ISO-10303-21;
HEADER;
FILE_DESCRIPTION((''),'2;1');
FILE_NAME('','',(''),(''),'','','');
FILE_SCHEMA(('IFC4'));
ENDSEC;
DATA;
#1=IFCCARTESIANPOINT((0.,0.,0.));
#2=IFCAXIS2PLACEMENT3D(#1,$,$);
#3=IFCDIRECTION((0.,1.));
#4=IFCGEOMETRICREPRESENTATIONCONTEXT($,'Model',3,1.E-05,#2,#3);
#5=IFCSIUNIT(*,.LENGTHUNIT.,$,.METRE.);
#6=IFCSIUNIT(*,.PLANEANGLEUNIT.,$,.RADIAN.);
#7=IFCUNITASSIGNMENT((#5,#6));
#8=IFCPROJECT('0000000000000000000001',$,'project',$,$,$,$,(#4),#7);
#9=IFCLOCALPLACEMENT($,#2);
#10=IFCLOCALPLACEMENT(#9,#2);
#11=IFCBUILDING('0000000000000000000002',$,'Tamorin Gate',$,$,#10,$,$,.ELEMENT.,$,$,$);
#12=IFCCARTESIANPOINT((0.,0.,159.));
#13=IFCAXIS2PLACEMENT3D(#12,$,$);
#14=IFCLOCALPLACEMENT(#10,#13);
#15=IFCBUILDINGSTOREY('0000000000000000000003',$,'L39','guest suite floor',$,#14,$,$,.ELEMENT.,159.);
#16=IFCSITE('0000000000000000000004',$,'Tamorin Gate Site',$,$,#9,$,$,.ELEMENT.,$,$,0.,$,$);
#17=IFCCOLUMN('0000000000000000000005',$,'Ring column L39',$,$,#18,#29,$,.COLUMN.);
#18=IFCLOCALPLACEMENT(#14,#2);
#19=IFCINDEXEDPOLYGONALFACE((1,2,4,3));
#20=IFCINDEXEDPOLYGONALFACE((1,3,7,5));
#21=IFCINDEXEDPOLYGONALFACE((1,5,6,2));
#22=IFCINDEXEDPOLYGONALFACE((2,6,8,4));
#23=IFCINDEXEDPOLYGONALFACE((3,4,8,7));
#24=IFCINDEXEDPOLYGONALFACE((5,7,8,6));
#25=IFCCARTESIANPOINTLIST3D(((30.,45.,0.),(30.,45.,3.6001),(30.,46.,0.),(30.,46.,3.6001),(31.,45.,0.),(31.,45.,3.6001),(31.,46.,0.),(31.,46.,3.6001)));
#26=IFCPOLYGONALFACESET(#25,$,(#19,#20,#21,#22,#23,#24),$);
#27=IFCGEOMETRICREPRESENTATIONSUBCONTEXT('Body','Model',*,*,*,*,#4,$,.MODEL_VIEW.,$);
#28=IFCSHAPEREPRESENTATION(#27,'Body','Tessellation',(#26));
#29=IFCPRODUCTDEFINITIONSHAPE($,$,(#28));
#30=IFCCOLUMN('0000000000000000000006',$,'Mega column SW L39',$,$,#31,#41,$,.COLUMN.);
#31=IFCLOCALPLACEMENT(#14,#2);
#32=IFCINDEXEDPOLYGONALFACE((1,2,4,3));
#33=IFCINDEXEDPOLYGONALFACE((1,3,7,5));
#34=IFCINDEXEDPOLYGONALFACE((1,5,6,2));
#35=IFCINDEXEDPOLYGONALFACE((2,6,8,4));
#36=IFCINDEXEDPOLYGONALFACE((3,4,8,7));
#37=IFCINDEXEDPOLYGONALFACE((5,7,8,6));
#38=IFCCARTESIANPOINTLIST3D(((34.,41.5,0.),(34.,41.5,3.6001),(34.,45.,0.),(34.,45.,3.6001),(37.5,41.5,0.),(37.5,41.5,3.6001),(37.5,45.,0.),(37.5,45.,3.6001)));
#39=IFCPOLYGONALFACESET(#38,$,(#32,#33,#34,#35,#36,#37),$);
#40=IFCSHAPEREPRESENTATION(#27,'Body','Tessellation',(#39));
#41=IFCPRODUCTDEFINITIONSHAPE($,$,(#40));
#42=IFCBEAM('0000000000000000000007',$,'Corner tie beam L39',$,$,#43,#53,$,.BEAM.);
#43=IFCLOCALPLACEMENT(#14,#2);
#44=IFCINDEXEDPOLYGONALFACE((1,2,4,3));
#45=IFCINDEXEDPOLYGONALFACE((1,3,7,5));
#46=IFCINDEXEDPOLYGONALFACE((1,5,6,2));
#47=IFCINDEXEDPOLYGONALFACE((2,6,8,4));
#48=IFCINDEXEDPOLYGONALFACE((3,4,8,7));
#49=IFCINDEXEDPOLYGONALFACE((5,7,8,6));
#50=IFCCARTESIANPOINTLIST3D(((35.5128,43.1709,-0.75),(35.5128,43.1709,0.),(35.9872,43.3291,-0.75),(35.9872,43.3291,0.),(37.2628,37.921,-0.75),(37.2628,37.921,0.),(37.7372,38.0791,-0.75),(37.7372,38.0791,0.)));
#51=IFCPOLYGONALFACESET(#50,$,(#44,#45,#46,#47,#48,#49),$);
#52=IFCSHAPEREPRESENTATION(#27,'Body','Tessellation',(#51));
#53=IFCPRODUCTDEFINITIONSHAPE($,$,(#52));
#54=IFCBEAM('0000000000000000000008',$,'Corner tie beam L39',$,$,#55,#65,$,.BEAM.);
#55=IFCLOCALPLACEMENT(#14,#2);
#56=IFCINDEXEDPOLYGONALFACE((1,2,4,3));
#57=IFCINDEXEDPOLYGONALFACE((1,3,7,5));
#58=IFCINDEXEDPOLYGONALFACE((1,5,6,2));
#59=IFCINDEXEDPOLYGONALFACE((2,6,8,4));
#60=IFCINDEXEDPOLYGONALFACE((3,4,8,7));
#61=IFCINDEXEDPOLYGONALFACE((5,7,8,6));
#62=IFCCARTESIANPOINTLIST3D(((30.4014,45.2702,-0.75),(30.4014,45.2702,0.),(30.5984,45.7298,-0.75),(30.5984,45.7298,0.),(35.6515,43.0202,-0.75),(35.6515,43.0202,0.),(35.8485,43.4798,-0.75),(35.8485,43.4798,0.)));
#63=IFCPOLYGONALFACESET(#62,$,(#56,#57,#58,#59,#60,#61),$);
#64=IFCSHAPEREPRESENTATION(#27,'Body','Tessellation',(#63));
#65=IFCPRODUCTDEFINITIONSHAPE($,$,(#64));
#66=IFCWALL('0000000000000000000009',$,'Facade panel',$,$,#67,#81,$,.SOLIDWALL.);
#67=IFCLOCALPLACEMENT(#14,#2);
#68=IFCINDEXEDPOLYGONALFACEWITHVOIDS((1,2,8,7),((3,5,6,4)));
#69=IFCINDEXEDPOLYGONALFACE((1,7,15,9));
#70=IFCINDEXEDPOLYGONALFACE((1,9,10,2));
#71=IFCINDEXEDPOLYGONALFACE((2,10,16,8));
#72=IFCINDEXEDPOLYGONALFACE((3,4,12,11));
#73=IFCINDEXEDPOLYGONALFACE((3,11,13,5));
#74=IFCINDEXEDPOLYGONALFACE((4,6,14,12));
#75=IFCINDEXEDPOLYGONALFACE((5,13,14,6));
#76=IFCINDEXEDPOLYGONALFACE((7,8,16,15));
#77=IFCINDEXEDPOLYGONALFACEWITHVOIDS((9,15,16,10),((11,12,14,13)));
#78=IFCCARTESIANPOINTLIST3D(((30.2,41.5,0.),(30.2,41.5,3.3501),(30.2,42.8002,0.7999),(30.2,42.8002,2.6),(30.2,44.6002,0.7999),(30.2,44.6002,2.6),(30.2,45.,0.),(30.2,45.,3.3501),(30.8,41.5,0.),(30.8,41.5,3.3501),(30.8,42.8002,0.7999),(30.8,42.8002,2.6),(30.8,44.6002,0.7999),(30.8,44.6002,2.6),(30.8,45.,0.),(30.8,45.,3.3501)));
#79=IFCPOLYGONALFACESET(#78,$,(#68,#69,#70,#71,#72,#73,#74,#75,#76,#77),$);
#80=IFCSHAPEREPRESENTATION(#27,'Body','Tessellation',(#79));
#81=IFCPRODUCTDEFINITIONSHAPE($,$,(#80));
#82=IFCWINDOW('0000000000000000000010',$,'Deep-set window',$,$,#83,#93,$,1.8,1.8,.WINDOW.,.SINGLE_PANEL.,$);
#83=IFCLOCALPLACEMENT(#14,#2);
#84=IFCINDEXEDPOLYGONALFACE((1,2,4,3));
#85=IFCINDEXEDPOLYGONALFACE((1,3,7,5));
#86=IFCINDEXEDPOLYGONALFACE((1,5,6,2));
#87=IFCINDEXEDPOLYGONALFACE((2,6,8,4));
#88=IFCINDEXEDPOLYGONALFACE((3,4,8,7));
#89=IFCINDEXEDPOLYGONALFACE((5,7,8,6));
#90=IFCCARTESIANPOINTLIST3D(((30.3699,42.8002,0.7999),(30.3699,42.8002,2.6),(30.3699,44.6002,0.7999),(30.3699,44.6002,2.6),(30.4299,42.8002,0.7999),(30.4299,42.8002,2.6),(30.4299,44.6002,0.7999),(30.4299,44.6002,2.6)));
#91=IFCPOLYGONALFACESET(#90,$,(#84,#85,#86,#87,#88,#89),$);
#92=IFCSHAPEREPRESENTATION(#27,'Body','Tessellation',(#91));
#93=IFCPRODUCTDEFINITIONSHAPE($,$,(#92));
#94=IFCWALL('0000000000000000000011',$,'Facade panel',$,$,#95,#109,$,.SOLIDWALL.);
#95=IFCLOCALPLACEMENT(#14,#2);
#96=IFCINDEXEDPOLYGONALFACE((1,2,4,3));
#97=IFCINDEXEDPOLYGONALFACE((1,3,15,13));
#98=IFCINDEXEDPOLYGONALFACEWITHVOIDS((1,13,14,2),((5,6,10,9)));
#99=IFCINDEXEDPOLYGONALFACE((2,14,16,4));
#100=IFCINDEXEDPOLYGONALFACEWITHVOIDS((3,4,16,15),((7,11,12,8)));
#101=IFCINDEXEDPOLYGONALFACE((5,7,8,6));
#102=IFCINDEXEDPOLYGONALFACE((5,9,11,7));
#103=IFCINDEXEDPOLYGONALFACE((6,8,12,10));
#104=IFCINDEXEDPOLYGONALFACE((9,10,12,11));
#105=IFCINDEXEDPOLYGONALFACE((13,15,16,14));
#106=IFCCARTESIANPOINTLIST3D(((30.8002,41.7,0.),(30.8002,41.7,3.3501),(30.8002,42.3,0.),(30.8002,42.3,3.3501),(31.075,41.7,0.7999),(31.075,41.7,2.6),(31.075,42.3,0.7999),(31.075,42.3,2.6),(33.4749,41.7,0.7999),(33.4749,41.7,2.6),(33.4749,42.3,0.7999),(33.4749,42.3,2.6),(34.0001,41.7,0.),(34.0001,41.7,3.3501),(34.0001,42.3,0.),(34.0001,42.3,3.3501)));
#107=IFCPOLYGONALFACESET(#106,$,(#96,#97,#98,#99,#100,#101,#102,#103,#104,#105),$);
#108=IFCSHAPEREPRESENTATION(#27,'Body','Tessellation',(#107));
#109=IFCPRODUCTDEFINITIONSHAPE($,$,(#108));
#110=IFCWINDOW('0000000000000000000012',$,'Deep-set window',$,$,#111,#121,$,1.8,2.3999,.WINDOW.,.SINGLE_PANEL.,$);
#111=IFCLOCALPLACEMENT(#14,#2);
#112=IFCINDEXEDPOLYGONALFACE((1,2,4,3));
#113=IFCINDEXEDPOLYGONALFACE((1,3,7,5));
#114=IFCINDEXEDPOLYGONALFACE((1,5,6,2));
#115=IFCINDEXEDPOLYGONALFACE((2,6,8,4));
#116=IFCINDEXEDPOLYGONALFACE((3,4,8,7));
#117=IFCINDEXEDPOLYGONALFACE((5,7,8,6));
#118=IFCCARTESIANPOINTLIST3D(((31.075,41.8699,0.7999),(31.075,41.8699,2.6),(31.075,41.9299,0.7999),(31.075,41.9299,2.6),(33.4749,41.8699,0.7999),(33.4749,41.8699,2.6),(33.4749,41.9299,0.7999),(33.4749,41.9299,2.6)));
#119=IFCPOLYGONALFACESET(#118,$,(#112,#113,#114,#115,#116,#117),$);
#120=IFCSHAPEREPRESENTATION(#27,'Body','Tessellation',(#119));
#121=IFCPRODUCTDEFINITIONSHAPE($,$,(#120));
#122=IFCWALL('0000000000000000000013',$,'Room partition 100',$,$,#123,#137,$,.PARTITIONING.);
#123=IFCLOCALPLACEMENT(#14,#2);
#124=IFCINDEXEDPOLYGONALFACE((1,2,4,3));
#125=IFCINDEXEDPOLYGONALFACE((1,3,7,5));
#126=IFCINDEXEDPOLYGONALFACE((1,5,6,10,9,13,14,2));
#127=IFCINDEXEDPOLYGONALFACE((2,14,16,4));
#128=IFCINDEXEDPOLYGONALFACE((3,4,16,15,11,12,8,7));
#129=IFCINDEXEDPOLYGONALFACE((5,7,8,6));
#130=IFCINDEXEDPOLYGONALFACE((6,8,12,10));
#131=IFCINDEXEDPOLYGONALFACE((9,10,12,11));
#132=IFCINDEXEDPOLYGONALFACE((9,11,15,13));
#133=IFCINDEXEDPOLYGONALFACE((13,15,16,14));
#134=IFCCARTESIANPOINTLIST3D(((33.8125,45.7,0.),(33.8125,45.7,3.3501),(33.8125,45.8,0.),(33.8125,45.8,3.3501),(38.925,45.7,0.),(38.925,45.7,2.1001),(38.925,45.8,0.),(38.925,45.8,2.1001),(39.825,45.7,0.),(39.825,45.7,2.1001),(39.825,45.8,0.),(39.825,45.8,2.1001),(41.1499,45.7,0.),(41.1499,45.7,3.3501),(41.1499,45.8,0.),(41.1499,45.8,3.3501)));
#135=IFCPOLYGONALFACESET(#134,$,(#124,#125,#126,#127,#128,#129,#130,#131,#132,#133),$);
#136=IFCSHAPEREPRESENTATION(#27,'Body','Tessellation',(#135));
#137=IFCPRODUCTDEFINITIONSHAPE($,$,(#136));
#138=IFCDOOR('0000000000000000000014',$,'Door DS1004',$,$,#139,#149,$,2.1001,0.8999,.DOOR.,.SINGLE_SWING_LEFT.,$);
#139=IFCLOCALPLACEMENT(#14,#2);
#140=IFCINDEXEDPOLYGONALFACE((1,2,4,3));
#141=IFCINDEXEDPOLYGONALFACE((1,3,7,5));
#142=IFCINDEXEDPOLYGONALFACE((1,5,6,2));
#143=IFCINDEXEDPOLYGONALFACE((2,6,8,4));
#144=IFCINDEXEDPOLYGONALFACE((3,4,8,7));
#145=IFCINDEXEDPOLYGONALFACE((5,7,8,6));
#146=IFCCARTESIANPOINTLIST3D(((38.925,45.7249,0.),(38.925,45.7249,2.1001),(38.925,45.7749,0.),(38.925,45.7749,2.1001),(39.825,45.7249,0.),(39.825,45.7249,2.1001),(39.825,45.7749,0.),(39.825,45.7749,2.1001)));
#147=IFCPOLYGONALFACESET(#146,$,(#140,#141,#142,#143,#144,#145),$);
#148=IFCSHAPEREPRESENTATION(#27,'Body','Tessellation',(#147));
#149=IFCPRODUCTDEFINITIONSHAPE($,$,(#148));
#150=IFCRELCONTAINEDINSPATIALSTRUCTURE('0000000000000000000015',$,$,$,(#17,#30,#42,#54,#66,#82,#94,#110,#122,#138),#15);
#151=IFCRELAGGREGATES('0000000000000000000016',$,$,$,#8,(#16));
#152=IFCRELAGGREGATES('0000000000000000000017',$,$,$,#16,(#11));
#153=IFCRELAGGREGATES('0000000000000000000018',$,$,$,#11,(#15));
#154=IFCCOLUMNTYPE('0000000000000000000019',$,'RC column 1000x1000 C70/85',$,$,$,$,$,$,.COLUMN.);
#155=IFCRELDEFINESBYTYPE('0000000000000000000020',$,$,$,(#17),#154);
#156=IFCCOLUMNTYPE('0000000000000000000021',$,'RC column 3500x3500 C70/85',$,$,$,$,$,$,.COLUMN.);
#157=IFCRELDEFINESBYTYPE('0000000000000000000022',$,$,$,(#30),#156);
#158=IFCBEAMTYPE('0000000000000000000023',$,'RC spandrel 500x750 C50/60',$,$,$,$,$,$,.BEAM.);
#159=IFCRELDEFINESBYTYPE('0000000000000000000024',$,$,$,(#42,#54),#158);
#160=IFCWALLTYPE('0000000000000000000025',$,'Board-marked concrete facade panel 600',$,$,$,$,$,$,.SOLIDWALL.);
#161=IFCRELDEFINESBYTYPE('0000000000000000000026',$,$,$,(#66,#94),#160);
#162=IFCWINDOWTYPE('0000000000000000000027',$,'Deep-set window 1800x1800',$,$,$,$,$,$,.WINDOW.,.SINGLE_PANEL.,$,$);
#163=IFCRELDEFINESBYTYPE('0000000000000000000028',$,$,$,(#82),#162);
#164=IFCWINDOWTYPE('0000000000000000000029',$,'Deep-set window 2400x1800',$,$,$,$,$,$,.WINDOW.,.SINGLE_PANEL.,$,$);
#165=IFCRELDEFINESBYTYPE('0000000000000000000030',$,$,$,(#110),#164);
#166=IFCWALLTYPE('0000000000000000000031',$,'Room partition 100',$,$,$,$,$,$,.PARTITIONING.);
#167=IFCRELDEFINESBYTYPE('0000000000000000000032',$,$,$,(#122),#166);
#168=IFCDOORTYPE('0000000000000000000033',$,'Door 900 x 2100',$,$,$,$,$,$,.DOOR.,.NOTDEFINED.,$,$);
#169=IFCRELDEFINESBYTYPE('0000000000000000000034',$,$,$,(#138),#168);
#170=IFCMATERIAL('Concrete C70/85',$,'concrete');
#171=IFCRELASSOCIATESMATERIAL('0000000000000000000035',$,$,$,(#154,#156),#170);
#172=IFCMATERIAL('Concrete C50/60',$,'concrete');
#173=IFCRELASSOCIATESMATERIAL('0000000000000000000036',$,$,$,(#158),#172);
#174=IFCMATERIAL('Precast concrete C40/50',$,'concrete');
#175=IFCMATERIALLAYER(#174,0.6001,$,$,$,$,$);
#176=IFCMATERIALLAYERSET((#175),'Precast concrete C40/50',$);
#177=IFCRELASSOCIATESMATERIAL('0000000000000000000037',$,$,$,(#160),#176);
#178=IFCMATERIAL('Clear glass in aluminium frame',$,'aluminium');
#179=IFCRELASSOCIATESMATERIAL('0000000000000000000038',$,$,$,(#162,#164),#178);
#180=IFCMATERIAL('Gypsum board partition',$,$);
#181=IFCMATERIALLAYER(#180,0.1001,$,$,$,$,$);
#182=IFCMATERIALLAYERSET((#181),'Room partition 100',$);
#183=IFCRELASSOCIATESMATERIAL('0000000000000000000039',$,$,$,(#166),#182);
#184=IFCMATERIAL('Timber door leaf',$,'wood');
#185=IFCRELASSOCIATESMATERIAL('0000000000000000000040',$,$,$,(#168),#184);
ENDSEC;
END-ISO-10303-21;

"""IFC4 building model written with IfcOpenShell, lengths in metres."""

from ifc_helpers import new_model, si_unit, direction, frame, frame_2d, origin, origin_2d, place, context, subcontext, project, spatial, rectangle, extrude, material, layer, layer_set, material_profile, profile_set, type_object, element, fill, save


model = new_model("IFC4")

# Units and contexts
model_context = context("Model", 3, precision=1e-05, world=origin(), true_north=direction((0.0, 1.0)))
body_context = subcontext(model_context, "Body", "Model", "MODEL_VIEW")
ifc_project = project(units=[si_unit("LENGTHUNIT", "METRE"), si_unit("PLANEANGLEUNIT", "RADIAN")], contexts=[model_context])

# Site, building, storey
site_placement = place(None, origin())
site = spatial("IfcSite", under=ifc_project, at=site_placement, Name="Tamorin Gate Site", CompositionType="ELEMENT", RefElevation=0.0)
building_placement = place(site_placement, origin())
building = spatial("IfcBuilding", under=site, at=building_placement, Name="Tamorin Gate", CompositionType="ELEMENT")
storey_placement = place(building_placement, frame((0.0, 0.0, 159.0)))
storey = spatial("IfcBuildingStorey", under=building, at=storey_placement, Name="L39", Description="guest suite floor", CompositionType="ELEMENT", Elevation=159.0)

# Columns
ifc_material_1 = material(Name="Concrete C70/85", Category="concrete")
ifc_material_profile_1 = material_profile(ifc_material_1, rectangle(XDim=1.0, YDim=1.0, at=origin_2d()), Name="RC 1000x1000")
ifc_profile_set_1 = profile_set([ifc_material_profile_1], Name="Concrete C70/85")
column_type_1 = type_object("IfcColumnType", Name="RC column 1000x1000 C70/85", PredefinedType="COLUMN", material=ifc_profile_set_1)
column_1_placement = place(storey_placement, frame((30.5, 45.5, 0.0), z_axis=(0.0, 0.0, 1.0), x_axis=(1.0, 0.0, 0.0)))
element("IfcColumn", 1, at=column_1_placement, inside=storey, type_object=column_type_1, Name="Ring column L39", PredefinedType="COLUMN", context=body_context, shape_type="SweptSolid", body=[
    extrude(rectangle(XDim=1.0, YDim=1.0, at=origin_2d()), origin(), (0.0, 0.0, 1.0), 3.6001),
])
ifc_material_profile_2 = material_profile(ifc_material_1, rectangle(XDim=3.5, YDim=3.5, at=origin_2d()), Name="RC 3500x3500")
ifc_profile_set_2 = profile_set([ifc_material_profile_2], Name="Concrete C70/85")
column_type_2 = type_object("IfcColumnType", Name="RC column 3500x3500 C70/85", PredefinedType="COLUMN", material=ifc_profile_set_2)
column_2_placement = place(storey_placement, frame((35.75, 43.25, 0.0), z_axis=(0.0, 0.0, 1.0), x_axis=(1.0, 0.0, 0.0)))
element("IfcColumn", 2, at=column_2_placement, inside=storey, type_object=column_type_2, Name="Mega column SW L39", PredefinedType="COLUMN", context=body_context, shape_type="SweptSolid", body=[
    extrude(rectangle(XDim=3.5, YDim=3.5, at=origin_2d()), origin(), (0.0, 0.0, 1.0), 3.6001),
])

# Beams
ifc_material_2 = material(Name="Concrete C50/60", Category="concrete")
ifc_material_profile_3 = material_profile(ifc_material_2, rectangle(XDim=0.5, YDim=0.75, at=origin_2d()), Name="RC 500x750")
ifc_profile_set_3 = profile_set([ifc_material_profile_3], Name="Concrete C50/60")
beam_type = type_object("IfcBeamType", Name="RC spandrel 500x750 C50/60", PredefinedType="BEAM", material=ifc_profile_set_3)
beam_1_placement = place(storey_placement, frame((35.75, 43.25, -0.375), z_axis=(0.316228, -0.948683, 0.0), x_axis=(0.948683, 0.316228, 0.0)))
element("IfcBeam", 3, at=beam_1_placement, inside=storey, type_object=beam_type, Name="Corner tie beam L39", PredefinedType="BEAM", context=body_context, shape_type="SweptSolid", body=[
    extrude(rectangle(XDim=0.5, YDim=0.75, at=origin_2d()), origin(), (0.0, 0.0, 1.0), 5.5339),
])
beam_2_placement = place(storey_placement, frame((35.75, 43.25, -0.375), z_axis=(-0.919145, 0.393919, 0.0), x_axis=(-0.393919, -0.919145, 0.0)))
element("IfcBeam", 4, at=beam_2_placement, inside=storey, type_object=beam_type, Name="Corner tie beam L39", PredefinedType="BEAM", context=body_context, shape_type="SweptSolid", body=[
    extrude(rectangle(XDim=0.5, YDim=0.75, at=origin_2d()), origin(), (0.0, 0.0, 1.0), 5.7119),
])

# Walls, openings, windows
ifc_material_3 = material(Name="Precast concrete C40/50", Category="concrete")
ifc_layer_1 = layer(ifc_material_3, 0.6001)
ifc_layer_set_1 = layer_set([ifc_layer_1], Name="Precast concrete C40/50")
wall_type_1 = type_object("IfcWallType", Name="Board-marked concrete facade panel 600", PredefinedType="SOLIDWALL", material=ifc_layer_set_1)
wall_1_placement = place(storey_placement, frame((30.5, 45.0, 0.0), z_axis=(0.0, 0.0, 1.0), x_axis=(0.0, -1.0, 0.0)))
wall_1 = element("IfcWall", 5, at=wall_1_placement, inside=storey, type_object=wall_type_1, Name="Facade panel", PredefinedType="SOLIDWALL", context=body_context, shape_type="SweptSolid", body=[
    extrude(rectangle(XDim=3.5, YDim=0.6001, at=frame_2d((1.75, 0.0))), origin(), (0.0, 0.0, 1.0), 3.3501),
])
opening_1_placement = place(wall_1_placement, frame((0.3999, 0.0, 0.8)))
opening_1 = element("IfcOpeningElement", 6, at=opening_1_placement, cuts=wall_1, PredefinedType="OPENING", context=body_context, shape_type="SweptSolid", body=[
    extrude(rectangle(XDim=1.8, YDim=1.8, at=frame_2d((0.8999, 0.8999))), frame((0.0, 0.3101, 0.0), z_axis=(0.0, -1.0, 0.0), x_axis=(1.0, 0.0, 0.0)), (0.0, 0.0, 1.0), 0.6201),
])
ifc_material_4 = material(Name="Clear glass in aluminium frame", Category="aluminium")
window_type_1 = type_object("IfcWindowType", Name="Deep-set window 1800x1800", PartitioningType="SINGLE_PANEL", PredefinedType="WINDOW", material=ifc_material_4)
window_1_placement = place(opening_1_placement, origin())
window_1 = element("IfcWindow", 7, at=window_1_placement, inside=storey, type_object=window_type_1, Name="Deep-set window", OverallHeight=1.8, OverallWidth=1.8, PartitioningType="SINGLE_PANEL", PredefinedType="WINDOW", context=body_context, shape_type="SweptSolid", body=[
    extrude(rectangle(XDim=1.8, YDim=1.8, at=frame_2d((0.8999, 0.8999))), frame((0.0, -0.0701, 0.0), z_axis=(0.0, -1.0, 0.0), x_axis=(1.0, 0.0, 0.0)), (0.0, 0.0, 1.0), 0.0601),
])
fill(opening_1, window_1)
wall_2_placement = place(storey_placement, frame((30.8, 42.0, 0.0), z_axis=(0.0, 0.0, 1.0), x_axis=(1.0, 0.0, 0.0)))
wall_2 = element("IfcWall", 8, at=wall_2_placement, inside=storey, type_object=wall_type_1, Name="Facade panel", PredefinedType="SOLIDWALL", context=body_context, shape_type="SweptSolid", body=[
    extrude(rectangle(XDim=3.2, YDim=0.6001, at=frame_2d((1.6001, 0.0))), origin(), (0.0, 0.0, 1.0), 3.3501),
])
opening_2_placement = place(wall_2_placement, frame((0.2749, 0.0, 0.8)))
opening_2 = element("IfcOpeningElement", 9, at=opening_2_placement, cuts=wall_2, PredefinedType="OPENING", context=body_context, shape_type="SweptSolid", body=[
    extrude(rectangle(XDim=2.3999, YDim=1.8, at=frame_2d((1.2, 0.8999))), frame((0.0, 0.3101, 0.0), z_axis=(0.0, -1.0, 0.0), x_axis=(1.0, 0.0, 0.0)), (0.0, 0.0, 1.0), 0.6201),
])
window_type_2 = type_object("IfcWindowType", Name="Deep-set window 2400x1800", PartitioningType="SINGLE_PANEL", PredefinedType="WINDOW", material=ifc_material_4)
window_2_placement = place(opening_2_placement, origin())
window_2 = element("IfcWindow", 10, at=window_2_placement, inside=storey, type_object=window_type_2, Name="Deep-set window", OverallHeight=1.8, OverallWidth=2.3999, PartitioningType="SINGLE_PANEL", PredefinedType="WINDOW", context=body_context, shape_type="SweptSolid", body=[
    extrude(rectangle(XDim=2.3999, YDim=1.8, at=frame_2d((1.2, 0.8999))), frame((0.0, -0.0701, 0.0), z_axis=(0.0, -1.0, 0.0), x_axis=(1.0, 0.0, 0.0)), (0.0, 0.0, 1.0), 0.0601),
])
fill(opening_2, window_2)

# Wall, opening, door
ifc_material_5 = material(Name="Gypsum board partition")
ifc_layer_2 = layer(ifc_material_5, 0.1001)
ifc_layer_set_2 = layer_set([ifc_layer_2], Name="Room partition 100")
wall_type_2 = type_object("IfcWallType", Name="Room partition 100", PredefinedType="PARTITIONING", material=ifc_layer_set_2)
wall_3_placement = place(storey_placement, frame((33.8125, 45.75, 0.0), z_axis=(0.0, 0.0, 1.0), x_axis=(1.0, 0.0, 0.0)))
wall_3 = element("IfcWall", 11, at=wall_3_placement, inside=storey, type_object=wall_type_2, Name="Room partition 100", PredefinedType="PARTITIONING", context=body_context, shape_type="SweptSolid", body=[
    extrude(rectangle(XDim=7.3374, YDim=0.1001, at=frame_2d((3.6687, 0.0))), origin(), (0.0, 0.0, 1.0), 3.3501),
])
opening_3_placement = place(wall_3_placement, frame((5.1125, 0.0, 0.0)))
opening_3 = element("IfcOpeningElement", 12, at=opening_3_placement, cuts=wall_3, PredefinedType="OPENING", context=body_context, shape_type="SweptSolid", body=[
    extrude(rectangle(XDim=0.8999, YDim=2.1001, at=frame_2d((0.45, 1.05))), frame((0.0, 0.0601, 0.0), z_axis=(0.0, -1.0, 0.0), x_axis=(1.0, 0.0, 0.0)), (0.0, 0.0, 1.0), 0.1201),
])
ifc_material_6 = material(Name="Timber door leaf", Category="wood")
door_type = type_object("IfcDoorType", Name="Door 900 x 2100", OperationType="NOTDEFINED", PredefinedType="DOOR", material=ifc_material_6)
door_1_placement = place(opening_3_placement, origin())
door_1 = element("IfcDoor", 13, at=door_1_placement, inside=storey, type_object=door_type, Name="Door DS1004", OperationType="SINGLE_SWING_LEFT", OverallHeight=2.1001, OverallWidth=0.8999, PredefinedType="DOOR", context=body_context, shape_type="SweptSolid", body=[
    extrude(rectangle(XDim=0.8999, YDim=2.1001, at=frame_2d((0.45, 1.05))), frame((0.0, 0.0249, 0.0), z_axis=(0.0, -1.0, 0.0), x_axis=(1.0, 0.0, 0.0)), (0.0, 0.0, 1.0), 0.05),
])
fill(opening_3, door_1)

save(model, "model.ifc")
